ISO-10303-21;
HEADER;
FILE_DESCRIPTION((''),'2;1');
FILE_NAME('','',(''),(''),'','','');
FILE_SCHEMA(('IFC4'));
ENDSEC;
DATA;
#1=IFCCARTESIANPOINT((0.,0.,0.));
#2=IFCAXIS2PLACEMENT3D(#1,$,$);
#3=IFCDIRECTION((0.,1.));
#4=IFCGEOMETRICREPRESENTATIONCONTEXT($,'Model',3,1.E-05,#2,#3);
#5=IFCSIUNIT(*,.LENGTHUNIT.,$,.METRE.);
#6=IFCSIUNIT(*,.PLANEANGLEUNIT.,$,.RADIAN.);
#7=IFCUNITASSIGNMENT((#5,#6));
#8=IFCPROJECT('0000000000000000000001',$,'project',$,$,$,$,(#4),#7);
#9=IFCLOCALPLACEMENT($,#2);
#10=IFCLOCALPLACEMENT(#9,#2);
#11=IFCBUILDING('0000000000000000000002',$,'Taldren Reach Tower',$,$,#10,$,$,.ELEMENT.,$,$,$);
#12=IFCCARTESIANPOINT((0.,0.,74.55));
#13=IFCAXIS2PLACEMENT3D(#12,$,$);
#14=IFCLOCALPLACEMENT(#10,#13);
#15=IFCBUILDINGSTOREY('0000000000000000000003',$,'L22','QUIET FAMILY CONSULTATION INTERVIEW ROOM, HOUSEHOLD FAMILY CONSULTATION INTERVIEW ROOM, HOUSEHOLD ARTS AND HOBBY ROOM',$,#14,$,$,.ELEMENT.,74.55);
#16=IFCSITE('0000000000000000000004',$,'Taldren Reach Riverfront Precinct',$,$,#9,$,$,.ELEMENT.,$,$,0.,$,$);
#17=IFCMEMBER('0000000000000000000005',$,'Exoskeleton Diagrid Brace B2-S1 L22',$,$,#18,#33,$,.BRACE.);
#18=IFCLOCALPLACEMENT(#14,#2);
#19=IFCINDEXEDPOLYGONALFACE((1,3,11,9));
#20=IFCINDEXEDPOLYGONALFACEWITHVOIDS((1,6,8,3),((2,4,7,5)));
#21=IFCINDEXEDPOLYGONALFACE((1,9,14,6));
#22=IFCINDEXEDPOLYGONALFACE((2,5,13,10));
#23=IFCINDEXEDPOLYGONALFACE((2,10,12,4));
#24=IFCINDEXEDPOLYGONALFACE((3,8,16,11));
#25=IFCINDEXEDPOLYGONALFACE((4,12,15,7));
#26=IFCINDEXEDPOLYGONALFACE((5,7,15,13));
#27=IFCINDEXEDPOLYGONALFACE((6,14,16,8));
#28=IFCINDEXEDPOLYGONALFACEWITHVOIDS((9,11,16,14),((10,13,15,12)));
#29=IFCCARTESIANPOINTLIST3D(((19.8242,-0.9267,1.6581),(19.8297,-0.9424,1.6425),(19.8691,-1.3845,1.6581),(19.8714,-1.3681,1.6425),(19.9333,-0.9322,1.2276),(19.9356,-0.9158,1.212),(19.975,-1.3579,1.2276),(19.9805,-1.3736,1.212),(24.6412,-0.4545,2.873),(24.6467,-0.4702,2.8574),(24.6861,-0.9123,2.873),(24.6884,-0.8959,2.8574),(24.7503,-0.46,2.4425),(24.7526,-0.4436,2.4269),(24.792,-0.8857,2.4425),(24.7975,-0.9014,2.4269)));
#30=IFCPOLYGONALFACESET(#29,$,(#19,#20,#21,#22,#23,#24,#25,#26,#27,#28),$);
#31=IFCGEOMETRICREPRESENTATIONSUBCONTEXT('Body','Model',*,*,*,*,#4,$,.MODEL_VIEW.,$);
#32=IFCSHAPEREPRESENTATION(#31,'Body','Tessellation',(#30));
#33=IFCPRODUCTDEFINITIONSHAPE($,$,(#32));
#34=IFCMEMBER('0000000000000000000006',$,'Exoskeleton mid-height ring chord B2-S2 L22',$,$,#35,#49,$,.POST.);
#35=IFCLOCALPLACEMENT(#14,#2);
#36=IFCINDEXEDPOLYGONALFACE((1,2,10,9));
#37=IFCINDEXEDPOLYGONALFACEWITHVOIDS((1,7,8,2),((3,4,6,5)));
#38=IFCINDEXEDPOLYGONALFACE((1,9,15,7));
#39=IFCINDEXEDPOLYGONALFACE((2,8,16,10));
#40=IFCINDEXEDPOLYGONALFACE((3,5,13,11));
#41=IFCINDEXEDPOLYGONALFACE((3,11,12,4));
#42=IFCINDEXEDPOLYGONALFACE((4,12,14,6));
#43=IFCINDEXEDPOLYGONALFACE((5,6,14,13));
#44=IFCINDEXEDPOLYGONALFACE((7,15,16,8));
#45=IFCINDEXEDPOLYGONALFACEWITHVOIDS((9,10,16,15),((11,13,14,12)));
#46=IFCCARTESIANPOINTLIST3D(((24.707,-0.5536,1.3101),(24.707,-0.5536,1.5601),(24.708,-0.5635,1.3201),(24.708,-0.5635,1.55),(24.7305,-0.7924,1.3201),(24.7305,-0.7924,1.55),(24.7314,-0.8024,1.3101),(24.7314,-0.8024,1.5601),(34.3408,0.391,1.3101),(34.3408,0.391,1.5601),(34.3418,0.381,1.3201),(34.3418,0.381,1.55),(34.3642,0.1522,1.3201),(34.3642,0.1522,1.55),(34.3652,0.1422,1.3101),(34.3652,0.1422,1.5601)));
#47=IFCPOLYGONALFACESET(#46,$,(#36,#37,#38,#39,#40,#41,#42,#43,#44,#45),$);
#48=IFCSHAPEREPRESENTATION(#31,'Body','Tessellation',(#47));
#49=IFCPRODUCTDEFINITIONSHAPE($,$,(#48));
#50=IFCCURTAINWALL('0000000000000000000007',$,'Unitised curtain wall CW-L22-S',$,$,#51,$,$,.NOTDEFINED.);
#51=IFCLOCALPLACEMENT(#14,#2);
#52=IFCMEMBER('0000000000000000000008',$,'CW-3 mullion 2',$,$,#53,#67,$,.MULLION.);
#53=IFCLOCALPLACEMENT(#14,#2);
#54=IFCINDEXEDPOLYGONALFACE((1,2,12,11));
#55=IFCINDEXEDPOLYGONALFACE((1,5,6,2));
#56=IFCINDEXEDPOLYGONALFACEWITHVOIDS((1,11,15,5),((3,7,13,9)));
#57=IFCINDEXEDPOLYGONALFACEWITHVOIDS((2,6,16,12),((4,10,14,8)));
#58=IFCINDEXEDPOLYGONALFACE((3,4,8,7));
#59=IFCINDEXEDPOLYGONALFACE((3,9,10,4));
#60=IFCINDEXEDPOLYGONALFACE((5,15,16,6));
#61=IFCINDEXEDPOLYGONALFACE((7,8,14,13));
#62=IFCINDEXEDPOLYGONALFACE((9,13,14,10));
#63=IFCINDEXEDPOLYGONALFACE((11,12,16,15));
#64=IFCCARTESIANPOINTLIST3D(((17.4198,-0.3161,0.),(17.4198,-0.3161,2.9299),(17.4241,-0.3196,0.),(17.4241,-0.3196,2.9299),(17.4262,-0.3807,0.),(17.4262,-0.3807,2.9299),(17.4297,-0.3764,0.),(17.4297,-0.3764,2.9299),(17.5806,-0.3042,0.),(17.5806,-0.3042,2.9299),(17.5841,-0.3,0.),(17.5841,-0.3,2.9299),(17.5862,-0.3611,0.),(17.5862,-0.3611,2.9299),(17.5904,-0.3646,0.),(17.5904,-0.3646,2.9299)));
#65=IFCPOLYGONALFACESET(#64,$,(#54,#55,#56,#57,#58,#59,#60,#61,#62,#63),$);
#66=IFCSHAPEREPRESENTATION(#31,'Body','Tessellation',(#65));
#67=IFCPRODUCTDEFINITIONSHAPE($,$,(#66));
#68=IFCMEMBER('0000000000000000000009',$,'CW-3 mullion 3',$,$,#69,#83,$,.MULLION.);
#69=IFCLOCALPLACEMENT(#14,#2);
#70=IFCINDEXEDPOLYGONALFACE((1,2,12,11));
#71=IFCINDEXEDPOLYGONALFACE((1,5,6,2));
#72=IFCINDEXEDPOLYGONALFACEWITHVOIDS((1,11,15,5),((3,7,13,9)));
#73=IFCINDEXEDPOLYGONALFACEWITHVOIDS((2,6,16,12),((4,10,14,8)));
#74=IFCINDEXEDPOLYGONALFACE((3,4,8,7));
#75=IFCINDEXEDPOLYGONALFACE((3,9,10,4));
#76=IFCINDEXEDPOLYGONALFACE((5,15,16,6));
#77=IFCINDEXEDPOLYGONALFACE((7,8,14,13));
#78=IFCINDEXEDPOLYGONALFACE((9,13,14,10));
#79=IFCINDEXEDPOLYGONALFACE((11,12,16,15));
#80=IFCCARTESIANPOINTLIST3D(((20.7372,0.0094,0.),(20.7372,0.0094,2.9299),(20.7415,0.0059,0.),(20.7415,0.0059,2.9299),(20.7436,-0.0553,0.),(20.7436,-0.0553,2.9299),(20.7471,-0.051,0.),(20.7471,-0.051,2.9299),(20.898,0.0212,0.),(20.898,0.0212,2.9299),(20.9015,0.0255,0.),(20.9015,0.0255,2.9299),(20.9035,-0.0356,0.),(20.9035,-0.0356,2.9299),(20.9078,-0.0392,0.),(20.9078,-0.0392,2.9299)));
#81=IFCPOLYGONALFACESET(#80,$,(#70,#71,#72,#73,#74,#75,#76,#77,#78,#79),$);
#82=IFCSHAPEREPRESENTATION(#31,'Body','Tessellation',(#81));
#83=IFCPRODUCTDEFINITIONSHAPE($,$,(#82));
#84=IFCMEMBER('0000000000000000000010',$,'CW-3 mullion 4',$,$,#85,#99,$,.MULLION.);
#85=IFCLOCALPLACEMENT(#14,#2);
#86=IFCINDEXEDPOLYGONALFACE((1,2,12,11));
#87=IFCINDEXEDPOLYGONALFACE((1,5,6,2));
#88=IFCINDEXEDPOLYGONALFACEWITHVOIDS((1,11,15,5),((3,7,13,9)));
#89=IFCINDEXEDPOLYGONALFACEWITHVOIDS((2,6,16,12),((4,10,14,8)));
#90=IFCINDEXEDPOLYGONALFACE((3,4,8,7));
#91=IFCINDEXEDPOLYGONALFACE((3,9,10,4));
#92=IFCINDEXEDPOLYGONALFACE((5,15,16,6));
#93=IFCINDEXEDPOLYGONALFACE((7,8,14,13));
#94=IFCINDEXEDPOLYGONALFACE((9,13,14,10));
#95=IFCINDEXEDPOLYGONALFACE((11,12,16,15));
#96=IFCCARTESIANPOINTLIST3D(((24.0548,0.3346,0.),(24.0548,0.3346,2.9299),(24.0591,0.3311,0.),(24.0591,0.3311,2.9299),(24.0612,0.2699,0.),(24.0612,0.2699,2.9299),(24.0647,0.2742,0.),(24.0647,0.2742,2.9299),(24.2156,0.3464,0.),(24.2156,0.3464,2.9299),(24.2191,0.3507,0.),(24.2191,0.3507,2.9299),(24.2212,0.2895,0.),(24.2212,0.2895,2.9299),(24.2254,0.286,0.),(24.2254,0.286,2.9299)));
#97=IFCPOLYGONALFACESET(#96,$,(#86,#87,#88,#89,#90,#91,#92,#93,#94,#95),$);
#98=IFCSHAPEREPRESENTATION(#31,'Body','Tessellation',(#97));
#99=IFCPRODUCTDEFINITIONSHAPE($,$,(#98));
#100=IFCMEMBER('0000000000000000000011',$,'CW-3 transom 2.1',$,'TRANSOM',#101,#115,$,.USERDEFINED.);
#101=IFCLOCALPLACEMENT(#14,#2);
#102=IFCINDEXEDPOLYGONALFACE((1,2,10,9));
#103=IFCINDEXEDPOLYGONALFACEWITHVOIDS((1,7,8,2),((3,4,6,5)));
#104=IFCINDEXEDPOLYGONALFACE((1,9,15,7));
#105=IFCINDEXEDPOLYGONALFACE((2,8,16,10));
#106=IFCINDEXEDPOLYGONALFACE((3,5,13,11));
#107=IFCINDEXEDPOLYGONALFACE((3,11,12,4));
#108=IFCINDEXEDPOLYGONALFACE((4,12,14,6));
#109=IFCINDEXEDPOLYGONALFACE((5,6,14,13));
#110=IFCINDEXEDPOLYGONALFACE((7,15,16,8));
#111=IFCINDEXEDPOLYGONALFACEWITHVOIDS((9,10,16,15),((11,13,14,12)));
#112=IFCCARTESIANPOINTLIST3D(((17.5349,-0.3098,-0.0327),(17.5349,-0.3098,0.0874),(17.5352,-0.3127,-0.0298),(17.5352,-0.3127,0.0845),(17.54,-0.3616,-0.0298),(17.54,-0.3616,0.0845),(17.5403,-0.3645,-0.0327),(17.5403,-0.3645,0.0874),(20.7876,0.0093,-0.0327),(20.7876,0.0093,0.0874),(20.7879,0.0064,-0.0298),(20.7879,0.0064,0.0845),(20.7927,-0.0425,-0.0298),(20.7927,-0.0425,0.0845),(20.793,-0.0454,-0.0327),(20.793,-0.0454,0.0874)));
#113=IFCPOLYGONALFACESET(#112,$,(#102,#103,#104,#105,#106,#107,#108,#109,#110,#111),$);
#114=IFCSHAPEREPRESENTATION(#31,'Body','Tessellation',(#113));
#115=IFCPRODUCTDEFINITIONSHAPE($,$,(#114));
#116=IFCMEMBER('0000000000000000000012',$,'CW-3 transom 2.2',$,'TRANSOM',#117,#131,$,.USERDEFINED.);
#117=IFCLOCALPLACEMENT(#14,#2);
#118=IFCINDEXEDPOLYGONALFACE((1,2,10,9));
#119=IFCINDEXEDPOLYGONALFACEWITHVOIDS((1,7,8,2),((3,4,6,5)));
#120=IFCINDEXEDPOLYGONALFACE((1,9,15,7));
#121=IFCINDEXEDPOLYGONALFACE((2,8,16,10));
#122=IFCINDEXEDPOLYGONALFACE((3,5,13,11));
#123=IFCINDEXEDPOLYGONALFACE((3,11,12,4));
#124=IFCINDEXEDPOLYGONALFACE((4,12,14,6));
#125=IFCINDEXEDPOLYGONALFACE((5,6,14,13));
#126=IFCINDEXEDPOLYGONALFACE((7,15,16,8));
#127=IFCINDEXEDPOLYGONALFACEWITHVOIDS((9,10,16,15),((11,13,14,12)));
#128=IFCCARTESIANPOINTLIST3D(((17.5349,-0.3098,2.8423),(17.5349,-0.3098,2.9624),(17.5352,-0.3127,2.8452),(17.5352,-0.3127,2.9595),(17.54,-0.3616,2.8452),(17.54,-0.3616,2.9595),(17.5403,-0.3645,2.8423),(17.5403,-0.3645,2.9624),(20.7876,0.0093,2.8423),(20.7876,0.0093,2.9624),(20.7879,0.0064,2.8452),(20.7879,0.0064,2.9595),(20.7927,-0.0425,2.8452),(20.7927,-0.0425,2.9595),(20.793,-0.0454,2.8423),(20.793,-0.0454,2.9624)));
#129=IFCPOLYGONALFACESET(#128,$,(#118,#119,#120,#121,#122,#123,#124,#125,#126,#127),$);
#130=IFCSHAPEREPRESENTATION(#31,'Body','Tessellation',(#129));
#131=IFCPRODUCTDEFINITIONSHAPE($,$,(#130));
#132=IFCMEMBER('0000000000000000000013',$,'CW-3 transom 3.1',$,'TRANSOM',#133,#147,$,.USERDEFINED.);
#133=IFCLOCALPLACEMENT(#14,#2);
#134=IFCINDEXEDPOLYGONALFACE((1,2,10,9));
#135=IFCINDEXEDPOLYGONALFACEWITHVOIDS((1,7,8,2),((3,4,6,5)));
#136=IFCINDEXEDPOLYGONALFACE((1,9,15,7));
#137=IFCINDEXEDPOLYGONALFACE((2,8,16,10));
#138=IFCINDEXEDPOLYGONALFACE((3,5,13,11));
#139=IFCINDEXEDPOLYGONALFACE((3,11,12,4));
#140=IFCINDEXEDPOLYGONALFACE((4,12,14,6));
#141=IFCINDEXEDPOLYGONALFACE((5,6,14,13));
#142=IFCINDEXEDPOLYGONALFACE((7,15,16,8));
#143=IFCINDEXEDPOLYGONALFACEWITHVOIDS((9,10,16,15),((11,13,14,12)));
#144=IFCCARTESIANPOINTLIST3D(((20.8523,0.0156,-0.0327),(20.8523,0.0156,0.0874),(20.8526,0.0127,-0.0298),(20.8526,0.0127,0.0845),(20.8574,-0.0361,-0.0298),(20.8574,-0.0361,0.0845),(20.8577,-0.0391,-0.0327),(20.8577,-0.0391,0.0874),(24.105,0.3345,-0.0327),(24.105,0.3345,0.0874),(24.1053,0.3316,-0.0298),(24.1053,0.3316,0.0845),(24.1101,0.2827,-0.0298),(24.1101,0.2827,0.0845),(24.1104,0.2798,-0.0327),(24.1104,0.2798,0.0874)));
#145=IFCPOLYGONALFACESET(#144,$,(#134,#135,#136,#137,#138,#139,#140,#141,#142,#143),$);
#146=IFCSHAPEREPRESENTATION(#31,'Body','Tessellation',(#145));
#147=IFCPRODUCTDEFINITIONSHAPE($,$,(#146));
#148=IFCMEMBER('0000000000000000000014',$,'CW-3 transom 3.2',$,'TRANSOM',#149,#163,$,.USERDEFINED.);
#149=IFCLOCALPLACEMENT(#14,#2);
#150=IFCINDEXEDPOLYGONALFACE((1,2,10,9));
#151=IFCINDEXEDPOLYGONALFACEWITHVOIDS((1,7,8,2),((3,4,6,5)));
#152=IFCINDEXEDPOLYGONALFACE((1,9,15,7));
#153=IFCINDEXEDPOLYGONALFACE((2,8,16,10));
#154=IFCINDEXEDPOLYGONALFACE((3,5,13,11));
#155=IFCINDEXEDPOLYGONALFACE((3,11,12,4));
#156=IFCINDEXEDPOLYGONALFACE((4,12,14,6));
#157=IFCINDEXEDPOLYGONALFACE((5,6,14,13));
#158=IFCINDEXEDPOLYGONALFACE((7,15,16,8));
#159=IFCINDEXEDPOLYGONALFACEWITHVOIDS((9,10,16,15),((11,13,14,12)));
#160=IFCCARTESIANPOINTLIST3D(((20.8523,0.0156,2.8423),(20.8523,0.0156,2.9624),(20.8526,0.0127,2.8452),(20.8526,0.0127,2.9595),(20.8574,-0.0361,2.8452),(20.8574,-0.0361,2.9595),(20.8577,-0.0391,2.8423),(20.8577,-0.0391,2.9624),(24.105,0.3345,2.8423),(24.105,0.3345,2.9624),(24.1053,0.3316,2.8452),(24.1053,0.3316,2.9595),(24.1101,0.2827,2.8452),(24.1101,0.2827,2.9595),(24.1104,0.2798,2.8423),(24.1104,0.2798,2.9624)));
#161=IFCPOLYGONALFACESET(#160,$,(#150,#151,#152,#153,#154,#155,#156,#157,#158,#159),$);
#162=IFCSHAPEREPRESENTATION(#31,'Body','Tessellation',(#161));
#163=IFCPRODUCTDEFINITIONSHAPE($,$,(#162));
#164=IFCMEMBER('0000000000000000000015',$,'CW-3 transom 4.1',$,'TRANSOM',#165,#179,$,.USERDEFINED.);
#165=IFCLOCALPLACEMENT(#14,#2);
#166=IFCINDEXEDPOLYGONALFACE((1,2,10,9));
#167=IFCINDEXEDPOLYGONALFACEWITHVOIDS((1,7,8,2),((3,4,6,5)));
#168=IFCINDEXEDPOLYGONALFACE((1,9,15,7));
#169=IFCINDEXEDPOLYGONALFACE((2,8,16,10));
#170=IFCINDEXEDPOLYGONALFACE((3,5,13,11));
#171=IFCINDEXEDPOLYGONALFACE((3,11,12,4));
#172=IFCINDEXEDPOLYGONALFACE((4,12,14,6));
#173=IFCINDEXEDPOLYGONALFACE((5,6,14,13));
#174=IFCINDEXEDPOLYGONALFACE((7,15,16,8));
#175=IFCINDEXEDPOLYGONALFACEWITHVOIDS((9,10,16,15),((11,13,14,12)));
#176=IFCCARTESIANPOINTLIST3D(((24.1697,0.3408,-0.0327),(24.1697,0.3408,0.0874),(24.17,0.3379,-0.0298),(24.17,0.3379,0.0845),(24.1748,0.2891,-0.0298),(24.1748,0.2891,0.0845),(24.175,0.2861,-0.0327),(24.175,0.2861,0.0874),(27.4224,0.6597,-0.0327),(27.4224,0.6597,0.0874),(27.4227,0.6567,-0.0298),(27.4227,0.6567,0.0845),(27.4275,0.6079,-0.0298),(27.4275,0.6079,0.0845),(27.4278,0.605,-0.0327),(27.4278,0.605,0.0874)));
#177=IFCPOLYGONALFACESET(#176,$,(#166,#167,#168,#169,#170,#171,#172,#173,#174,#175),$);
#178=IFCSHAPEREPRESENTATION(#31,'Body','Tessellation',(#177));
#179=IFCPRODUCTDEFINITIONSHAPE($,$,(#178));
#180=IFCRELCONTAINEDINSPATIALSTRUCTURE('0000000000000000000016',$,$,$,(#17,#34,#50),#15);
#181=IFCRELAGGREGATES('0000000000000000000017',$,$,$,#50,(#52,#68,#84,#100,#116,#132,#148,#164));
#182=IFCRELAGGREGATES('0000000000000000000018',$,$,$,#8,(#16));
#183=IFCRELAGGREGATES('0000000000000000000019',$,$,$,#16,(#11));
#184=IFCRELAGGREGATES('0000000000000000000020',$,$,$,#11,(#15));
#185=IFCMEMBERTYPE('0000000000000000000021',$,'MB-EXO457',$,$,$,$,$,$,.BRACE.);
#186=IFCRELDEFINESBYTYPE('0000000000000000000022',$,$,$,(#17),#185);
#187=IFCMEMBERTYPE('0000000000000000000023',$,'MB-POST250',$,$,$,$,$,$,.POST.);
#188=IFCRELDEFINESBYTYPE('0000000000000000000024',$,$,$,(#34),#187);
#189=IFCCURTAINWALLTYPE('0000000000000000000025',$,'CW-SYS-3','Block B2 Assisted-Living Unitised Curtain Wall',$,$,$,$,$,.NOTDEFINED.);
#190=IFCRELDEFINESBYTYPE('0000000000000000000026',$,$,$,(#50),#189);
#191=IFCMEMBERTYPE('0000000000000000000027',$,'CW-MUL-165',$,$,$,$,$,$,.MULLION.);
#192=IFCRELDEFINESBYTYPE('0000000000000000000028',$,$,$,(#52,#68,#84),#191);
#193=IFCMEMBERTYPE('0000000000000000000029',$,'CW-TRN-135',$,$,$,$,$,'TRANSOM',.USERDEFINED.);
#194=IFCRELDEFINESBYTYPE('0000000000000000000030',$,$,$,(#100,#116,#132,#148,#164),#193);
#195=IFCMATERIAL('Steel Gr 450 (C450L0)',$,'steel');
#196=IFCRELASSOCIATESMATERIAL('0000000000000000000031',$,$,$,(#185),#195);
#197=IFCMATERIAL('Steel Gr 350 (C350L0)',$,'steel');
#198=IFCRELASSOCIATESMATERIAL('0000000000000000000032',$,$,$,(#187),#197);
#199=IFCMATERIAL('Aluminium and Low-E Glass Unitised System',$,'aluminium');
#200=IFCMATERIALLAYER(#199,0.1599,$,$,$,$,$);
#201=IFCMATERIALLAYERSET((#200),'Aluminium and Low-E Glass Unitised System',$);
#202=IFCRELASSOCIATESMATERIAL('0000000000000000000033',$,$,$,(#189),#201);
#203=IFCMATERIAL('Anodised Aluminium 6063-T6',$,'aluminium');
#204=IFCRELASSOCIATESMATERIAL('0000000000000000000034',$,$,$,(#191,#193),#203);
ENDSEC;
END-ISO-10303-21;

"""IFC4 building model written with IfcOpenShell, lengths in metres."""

from ifc_helpers import new_model, si_unit, direction, frame, origin, origin_2d, place, context, subcontext, project, spatial, hollow_rectangle, extrude, source, transform, mapped, material, layer, layer_set, material_profile, profile_set, type_object, element, aggregate, save


model = new_model("IFC4")

# Units and contexts
model_context = context("Model", 3, precision=1e-05, world=origin(), true_north=direction((0.0, 1.0)))
body_context = subcontext(model_context, "Body", "Model", "MODEL_VIEW")
ifc_project = project(units=[si_unit("LENGTHUNIT", "METRE"), si_unit("PLANEANGLEUNIT", "RADIAN")], contexts=[model_context])

# Site, building, storey
site_placement = place(None, origin())
site = spatial("IfcSite", under=ifc_project, at=site_placement, Name="Taldren Reach Riverfront Precinct", CompositionType="ELEMENT", RefElevation=0.0)
building_placement = place(site_placement, origin())
building = spatial("IfcBuilding", under=site, at=building_placement, Name="Taldren Reach Tower", CompositionType="ELEMENT")
storey_placement = place(building_placement, frame((0.0, 0.0, 74.55)))
storey = spatial("IfcBuildingStorey", under=building, at=storey_placement, Name="L22", Description="QUIET FAMILY CONSULTATION INTERVIEW ROOM, HOUSEHOLD FAMILY CONSULTATION INTERVIEW ROOM, HOUSEHOLD ARTS AND HOBBY ROOM", CompositionType="ELEMENT", Elevation=74.55)

# Members
ifc_material_1 = material(Name="Steel Gr 450 (C450L0)", Category="steel")
ifc_material_profile_1 = material_profile(ifc_material_1, hollow_rectangle(XDim=0.46, YDim=0.46, WallThickness=0.0161, at=origin_2d()), Name="460x460x16.0SHS")
ifc_profile_set_1 = profile_set([ifc_material_profile_1], Name="Steel Gr 450 (C450L0)")
member_type_1 = type_object("IfcMemberType", Name="MB-EXO457", PredefinedType="BRACE", material=ifc_profile_set_1)
shared_shape_1 = source(origin(), body_context, "Body", "SweptSolid", [
    extrude(hollow_rectangle(XDim=0.46, YDim=0.46, WallThickness=0.0161, at=origin_2d()), origin(), (0.0, 0.0, 1.0), 4.9902),
])
member_1_placement = place(storey_placement, frame((19.9023, -1.1501, 1.4351), z_axis=(0.965287, 0.094621, 0.24345), x_axis=(-0.097556, 0.99523, 0.0)))
element("IfcMember", 1, at=member_1_placement, inside=storey, type_object=member_type_1, Name="Exoskeleton Diagrid Brace B2-S1 L22", PredefinedType="BRACE", context=body_context, shape_type="MappedRepresentation", body=[
    mapped(shared_shape_1, transform((0.0, 0.0, 0.0), scale=1.0)),
])
ifc_material_2 = material(Name="Steel Gr 350 (C350L0)", Category="steel")
ifc_material_profile_2 = material_profile(ifc_material_2, hollow_rectangle(XDim=0.25, YDim=0.25, WallThickness=0.01, at=origin_2d()), Name="250x250x10.0SHS")
ifc_profile_set_2 = profile_set([ifc_material_profile_2], Name="Steel Gr 350 (C350L0)")
member_type_2 = type_object("IfcMemberType", Name="MB-POST250", PredefinedType="POST", material=ifc_profile_set_2)
shared_shape_2 = source(origin(), body_context, "Body", "SweptSolid", [
    extrude(hollow_rectangle(XDim=0.25, YDim=0.25, WallThickness=0.01, at=origin_2d()), origin(), (0.0, 0.0, 1.0), 9.6799),
])
member_2_placement = place(storey_placement, frame((24.7192, -0.678, 1.4351), z_axis=(0.995228, 0.097581, 0.0), x_axis=(-0.097581, 0.995228, 0.0)))
element("IfcMember", 2, at=member_2_placement, inside=storey, type_object=member_type_2, Name="Exoskeleton mid-height ring chord B2-S2 L22", PredefinedType="POST", context=body_context, shape_type="MappedRepresentation", body=[
    mapped(shared_shape_2, transform((0.0, 0.0, 0.0), scale=1.0)),
])

# Curtain wall, members
ifc_material_3 = material(Name="Aluminium and Low-E Glass Unitised System", Category="aluminium")
ifc_layer_1 = layer(ifc_material_3, 0.1599)
ifc_layer_set_1 = layer_set([ifc_layer_1], Name="Aluminium and Low-E Glass Unitised System")
curtain_wall_type = type_object("IfcCurtainWallType", Name="CW-SYS-3", Description="Block B2 Assisted-Living Unitised Curtain Wall", PredefinedType="NOTDEFINED", material=ifc_layer_set_1)
curtain_wall_placement = place(storey_placement, origin())
curtain_wall = element("IfcCurtainWall", 3, at=curtain_wall_placement, inside=storey, type_object=curtain_wall_type, Name="Unitised curtain wall CW-L22-S", PredefinedType="NOTDEFINED")
ifc_material_4 = material(Name="Anodised Aluminium 6063-T6", Category="aluminium")
ifc_material_profile_3 = material_profile(ifc_material_4, hollow_rectangle(XDim=0.0649, YDim=0.165, WallThickness=0.0039, at=origin_2d()), Name="ALU-165x65x4RHS")
ifc_profile_set_3 = profile_set([ifc_material_profile_3], Name="Anodised Aluminium 6063-T6")
member_type_3 = type_object("IfcMemberType", Name="CW-MUL-165", PredefinedType="MULLION", material=ifc_profile_set_3)
shared_shape_3 = source(origin(), body_context, "Body", "SweptSolid", [
    extrude(hollow_rectangle(XDim=0.0649, YDim=0.165, WallThickness=0.0039, at=origin_2d()), origin(), (0.0, 0.0, 1.0), 2.9299),
])
member_3_placement = place(storey_placement, frame((17.5051, -0.3403, 0.0), z_axis=(0.0, 0.0, 1.0), x_axis=(-0.097583, 0.995227, 0.0)))
member_3 = element("IfcMember", 4, at=member_3_placement, type_object=member_type_3, Name="CW-3 mullion 2", PredefinedType="MULLION", context=body_context, shape_type="MappedRepresentation", body=[
    mapped(shared_shape_3, transform((0.0, 0.0, 0.0), scale=1.0)),
])
member_4_placement = place(storey_placement, frame((20.8225, -0.0149, 0.0), z_axis=(0.0, 0.0, 1.0), x_axis=(-0.097583, 0.995227, 0.0)))
member_4 = element("IfcMember", 5, at=member_4_placement, type_object=member_type_3, Name="CW-3 mullion 3", PredefinedType="MULLION", context=body_context, shape_type="MappedRepresentation", body=[
    mapped(shared_shape_3, transform((0.0, 0.0, 0.0), scale=1.0)),
])
member_5_placement = place(storey_placement, frame((24.1401, 0.3103, 0.0), z_axis=(0.0, 0.0, 1.0), x_axis=(-0.097583, 0.995227, 0.0)))
member_5 = element("IfcMember", 6, at=member_5_placement, type_object=member_type_3, Name="CW-3 mullion 4", PredefinedType="MULLION", context=body_context, shape_type="MappedRepresentation", body=[
    mapped(shared_shape_3, transform((0.0, 0.0, 0.0), scale=1.0)),
])
ifc_material_profile_4 = material_profile(ifc_material_4, hollow_rectangle(XDim=0.0549, YDim=0.1201, WallThickness=0.0029, at=origin_2d()), Name="ALU-120x55x3RHS")
ifc_profile_set_4 = profile_set([ifc_material_profile_4], Name="Anodised Aluminium 6063-T6")
member_type_4 = type_object("IfcMemberType", Name="CW-TRN-135", ElementType="TRANSOM", PredefinedType="USERDEFINED", material=ifc_profile_set_4)
shared_shape_4 = source(origin(), body_context, "Body", "SweptSolid", [
    extrude(hollow_rectangle(XDim=0.0549, YDim=0.1201, WallThickness=0.0029, at=origin_2d()), origin(), (0.0, 0.0, 1.0), 3.2683),
])
member_6_placement = place(storey_placement, frame((17.5376, -0.3372, 0.0273), z_axis=(0.995223, 0.097632, 0.0), x_axis=(-0.097632, 0.995223, 0.0)))
member_6 = element("IfcMember", 7, at=member_6_placement, type_object=member_type_4, Name="CW-3 transom 2.1", ObjectType="TRANSOM", PredefinedType="USERDEFINED", context=body_context, shape_type="MappedRepresentation", body=[
    mapped(shared_shape_4, transform((0.0, 0.0, 0.0), scale=1.0)),
])
member_7_placement = place(storey_placement, frame((17.5376, -0.3372, 2.9023), z_axis=(0.995223, 0.097632, 0.0), x_axis=(-0.097632, 0.995223, 0.0)))
member_7 = element("IfcMember", 8, at=member_7_placement, type_object=member_type_4, Name="CW-3 transom 2.2", ObjectType="TRANSOM", PredefinedType="USERDEFINED", context=body_context, shape_type="MappedRepresentation", body=[
    mapped(shared_shape_4, transform((0.0, 0.0, 0.0), scale=1.0)),
])
member_8_placement = place(storey_placement, frame((20.855, -0.0117, 0.0273), z_axis=(0.99523, 0.097558, 0.0), x_axis=(-0.097558, 0.99523, 0.0)))
member_8 = element("IfcMember", 9, at=member_8_placement, type_object=member_type_4, Name="CW-3 transom 3.1", ObjectType="TRANSOM", PredefinedType="USERDEFINED", context=body_context, shape_type="MappedRepresentation", body=[
    mapped(shared_shape_4, transform((0.0, 0.0, 0.0), scale=1.0)),
])
member_9_placement = place(storey_placement, frame((20.855, -0.0117, 2.9023), z_axis=(0.99523, 0.097558, 0.0), x_axis=(-0.097558, 0.99523, 0.0)))
member_9 = element("IfcMember", 10, at=member_9_placement, type_object=member_type_4, Name="CW-3 transom 3.2", ObjectType="TRANSOM", PredefinedType="USERDEFINED", context=body_context, shape_type="MappedRepresentation", body=[
    mapped(shared_shape_4, transform((0.0, 0.0, 0.0), scale=1.0)),
])
member_10_placement = place(storey_placement, frame((24.1724, 0.3135, 0.0273), z_axis=(0.99523, 0.097558, 0.0), x_axis=(-0.097558, 0.99523, 0.0)))
member_10 = element("IfcMember", 11, at=member_10_placement, type_object=member_type_4, Name="CW-3 transom 4.1", ObjectType="TRANSOM", PredefinedType="USERDEFINED", context=body_context, shape_type="MappedRepresentation", body=[
    mapped(shared_shape_4, transform((0.0, 0.0, 0.0), scale=1.0)),
])

aggregate(curtain_wall, [member_3, member_4, member_5, member_6, member_7, member_8, member_9, member_10])

save(model, "model.ifc")
